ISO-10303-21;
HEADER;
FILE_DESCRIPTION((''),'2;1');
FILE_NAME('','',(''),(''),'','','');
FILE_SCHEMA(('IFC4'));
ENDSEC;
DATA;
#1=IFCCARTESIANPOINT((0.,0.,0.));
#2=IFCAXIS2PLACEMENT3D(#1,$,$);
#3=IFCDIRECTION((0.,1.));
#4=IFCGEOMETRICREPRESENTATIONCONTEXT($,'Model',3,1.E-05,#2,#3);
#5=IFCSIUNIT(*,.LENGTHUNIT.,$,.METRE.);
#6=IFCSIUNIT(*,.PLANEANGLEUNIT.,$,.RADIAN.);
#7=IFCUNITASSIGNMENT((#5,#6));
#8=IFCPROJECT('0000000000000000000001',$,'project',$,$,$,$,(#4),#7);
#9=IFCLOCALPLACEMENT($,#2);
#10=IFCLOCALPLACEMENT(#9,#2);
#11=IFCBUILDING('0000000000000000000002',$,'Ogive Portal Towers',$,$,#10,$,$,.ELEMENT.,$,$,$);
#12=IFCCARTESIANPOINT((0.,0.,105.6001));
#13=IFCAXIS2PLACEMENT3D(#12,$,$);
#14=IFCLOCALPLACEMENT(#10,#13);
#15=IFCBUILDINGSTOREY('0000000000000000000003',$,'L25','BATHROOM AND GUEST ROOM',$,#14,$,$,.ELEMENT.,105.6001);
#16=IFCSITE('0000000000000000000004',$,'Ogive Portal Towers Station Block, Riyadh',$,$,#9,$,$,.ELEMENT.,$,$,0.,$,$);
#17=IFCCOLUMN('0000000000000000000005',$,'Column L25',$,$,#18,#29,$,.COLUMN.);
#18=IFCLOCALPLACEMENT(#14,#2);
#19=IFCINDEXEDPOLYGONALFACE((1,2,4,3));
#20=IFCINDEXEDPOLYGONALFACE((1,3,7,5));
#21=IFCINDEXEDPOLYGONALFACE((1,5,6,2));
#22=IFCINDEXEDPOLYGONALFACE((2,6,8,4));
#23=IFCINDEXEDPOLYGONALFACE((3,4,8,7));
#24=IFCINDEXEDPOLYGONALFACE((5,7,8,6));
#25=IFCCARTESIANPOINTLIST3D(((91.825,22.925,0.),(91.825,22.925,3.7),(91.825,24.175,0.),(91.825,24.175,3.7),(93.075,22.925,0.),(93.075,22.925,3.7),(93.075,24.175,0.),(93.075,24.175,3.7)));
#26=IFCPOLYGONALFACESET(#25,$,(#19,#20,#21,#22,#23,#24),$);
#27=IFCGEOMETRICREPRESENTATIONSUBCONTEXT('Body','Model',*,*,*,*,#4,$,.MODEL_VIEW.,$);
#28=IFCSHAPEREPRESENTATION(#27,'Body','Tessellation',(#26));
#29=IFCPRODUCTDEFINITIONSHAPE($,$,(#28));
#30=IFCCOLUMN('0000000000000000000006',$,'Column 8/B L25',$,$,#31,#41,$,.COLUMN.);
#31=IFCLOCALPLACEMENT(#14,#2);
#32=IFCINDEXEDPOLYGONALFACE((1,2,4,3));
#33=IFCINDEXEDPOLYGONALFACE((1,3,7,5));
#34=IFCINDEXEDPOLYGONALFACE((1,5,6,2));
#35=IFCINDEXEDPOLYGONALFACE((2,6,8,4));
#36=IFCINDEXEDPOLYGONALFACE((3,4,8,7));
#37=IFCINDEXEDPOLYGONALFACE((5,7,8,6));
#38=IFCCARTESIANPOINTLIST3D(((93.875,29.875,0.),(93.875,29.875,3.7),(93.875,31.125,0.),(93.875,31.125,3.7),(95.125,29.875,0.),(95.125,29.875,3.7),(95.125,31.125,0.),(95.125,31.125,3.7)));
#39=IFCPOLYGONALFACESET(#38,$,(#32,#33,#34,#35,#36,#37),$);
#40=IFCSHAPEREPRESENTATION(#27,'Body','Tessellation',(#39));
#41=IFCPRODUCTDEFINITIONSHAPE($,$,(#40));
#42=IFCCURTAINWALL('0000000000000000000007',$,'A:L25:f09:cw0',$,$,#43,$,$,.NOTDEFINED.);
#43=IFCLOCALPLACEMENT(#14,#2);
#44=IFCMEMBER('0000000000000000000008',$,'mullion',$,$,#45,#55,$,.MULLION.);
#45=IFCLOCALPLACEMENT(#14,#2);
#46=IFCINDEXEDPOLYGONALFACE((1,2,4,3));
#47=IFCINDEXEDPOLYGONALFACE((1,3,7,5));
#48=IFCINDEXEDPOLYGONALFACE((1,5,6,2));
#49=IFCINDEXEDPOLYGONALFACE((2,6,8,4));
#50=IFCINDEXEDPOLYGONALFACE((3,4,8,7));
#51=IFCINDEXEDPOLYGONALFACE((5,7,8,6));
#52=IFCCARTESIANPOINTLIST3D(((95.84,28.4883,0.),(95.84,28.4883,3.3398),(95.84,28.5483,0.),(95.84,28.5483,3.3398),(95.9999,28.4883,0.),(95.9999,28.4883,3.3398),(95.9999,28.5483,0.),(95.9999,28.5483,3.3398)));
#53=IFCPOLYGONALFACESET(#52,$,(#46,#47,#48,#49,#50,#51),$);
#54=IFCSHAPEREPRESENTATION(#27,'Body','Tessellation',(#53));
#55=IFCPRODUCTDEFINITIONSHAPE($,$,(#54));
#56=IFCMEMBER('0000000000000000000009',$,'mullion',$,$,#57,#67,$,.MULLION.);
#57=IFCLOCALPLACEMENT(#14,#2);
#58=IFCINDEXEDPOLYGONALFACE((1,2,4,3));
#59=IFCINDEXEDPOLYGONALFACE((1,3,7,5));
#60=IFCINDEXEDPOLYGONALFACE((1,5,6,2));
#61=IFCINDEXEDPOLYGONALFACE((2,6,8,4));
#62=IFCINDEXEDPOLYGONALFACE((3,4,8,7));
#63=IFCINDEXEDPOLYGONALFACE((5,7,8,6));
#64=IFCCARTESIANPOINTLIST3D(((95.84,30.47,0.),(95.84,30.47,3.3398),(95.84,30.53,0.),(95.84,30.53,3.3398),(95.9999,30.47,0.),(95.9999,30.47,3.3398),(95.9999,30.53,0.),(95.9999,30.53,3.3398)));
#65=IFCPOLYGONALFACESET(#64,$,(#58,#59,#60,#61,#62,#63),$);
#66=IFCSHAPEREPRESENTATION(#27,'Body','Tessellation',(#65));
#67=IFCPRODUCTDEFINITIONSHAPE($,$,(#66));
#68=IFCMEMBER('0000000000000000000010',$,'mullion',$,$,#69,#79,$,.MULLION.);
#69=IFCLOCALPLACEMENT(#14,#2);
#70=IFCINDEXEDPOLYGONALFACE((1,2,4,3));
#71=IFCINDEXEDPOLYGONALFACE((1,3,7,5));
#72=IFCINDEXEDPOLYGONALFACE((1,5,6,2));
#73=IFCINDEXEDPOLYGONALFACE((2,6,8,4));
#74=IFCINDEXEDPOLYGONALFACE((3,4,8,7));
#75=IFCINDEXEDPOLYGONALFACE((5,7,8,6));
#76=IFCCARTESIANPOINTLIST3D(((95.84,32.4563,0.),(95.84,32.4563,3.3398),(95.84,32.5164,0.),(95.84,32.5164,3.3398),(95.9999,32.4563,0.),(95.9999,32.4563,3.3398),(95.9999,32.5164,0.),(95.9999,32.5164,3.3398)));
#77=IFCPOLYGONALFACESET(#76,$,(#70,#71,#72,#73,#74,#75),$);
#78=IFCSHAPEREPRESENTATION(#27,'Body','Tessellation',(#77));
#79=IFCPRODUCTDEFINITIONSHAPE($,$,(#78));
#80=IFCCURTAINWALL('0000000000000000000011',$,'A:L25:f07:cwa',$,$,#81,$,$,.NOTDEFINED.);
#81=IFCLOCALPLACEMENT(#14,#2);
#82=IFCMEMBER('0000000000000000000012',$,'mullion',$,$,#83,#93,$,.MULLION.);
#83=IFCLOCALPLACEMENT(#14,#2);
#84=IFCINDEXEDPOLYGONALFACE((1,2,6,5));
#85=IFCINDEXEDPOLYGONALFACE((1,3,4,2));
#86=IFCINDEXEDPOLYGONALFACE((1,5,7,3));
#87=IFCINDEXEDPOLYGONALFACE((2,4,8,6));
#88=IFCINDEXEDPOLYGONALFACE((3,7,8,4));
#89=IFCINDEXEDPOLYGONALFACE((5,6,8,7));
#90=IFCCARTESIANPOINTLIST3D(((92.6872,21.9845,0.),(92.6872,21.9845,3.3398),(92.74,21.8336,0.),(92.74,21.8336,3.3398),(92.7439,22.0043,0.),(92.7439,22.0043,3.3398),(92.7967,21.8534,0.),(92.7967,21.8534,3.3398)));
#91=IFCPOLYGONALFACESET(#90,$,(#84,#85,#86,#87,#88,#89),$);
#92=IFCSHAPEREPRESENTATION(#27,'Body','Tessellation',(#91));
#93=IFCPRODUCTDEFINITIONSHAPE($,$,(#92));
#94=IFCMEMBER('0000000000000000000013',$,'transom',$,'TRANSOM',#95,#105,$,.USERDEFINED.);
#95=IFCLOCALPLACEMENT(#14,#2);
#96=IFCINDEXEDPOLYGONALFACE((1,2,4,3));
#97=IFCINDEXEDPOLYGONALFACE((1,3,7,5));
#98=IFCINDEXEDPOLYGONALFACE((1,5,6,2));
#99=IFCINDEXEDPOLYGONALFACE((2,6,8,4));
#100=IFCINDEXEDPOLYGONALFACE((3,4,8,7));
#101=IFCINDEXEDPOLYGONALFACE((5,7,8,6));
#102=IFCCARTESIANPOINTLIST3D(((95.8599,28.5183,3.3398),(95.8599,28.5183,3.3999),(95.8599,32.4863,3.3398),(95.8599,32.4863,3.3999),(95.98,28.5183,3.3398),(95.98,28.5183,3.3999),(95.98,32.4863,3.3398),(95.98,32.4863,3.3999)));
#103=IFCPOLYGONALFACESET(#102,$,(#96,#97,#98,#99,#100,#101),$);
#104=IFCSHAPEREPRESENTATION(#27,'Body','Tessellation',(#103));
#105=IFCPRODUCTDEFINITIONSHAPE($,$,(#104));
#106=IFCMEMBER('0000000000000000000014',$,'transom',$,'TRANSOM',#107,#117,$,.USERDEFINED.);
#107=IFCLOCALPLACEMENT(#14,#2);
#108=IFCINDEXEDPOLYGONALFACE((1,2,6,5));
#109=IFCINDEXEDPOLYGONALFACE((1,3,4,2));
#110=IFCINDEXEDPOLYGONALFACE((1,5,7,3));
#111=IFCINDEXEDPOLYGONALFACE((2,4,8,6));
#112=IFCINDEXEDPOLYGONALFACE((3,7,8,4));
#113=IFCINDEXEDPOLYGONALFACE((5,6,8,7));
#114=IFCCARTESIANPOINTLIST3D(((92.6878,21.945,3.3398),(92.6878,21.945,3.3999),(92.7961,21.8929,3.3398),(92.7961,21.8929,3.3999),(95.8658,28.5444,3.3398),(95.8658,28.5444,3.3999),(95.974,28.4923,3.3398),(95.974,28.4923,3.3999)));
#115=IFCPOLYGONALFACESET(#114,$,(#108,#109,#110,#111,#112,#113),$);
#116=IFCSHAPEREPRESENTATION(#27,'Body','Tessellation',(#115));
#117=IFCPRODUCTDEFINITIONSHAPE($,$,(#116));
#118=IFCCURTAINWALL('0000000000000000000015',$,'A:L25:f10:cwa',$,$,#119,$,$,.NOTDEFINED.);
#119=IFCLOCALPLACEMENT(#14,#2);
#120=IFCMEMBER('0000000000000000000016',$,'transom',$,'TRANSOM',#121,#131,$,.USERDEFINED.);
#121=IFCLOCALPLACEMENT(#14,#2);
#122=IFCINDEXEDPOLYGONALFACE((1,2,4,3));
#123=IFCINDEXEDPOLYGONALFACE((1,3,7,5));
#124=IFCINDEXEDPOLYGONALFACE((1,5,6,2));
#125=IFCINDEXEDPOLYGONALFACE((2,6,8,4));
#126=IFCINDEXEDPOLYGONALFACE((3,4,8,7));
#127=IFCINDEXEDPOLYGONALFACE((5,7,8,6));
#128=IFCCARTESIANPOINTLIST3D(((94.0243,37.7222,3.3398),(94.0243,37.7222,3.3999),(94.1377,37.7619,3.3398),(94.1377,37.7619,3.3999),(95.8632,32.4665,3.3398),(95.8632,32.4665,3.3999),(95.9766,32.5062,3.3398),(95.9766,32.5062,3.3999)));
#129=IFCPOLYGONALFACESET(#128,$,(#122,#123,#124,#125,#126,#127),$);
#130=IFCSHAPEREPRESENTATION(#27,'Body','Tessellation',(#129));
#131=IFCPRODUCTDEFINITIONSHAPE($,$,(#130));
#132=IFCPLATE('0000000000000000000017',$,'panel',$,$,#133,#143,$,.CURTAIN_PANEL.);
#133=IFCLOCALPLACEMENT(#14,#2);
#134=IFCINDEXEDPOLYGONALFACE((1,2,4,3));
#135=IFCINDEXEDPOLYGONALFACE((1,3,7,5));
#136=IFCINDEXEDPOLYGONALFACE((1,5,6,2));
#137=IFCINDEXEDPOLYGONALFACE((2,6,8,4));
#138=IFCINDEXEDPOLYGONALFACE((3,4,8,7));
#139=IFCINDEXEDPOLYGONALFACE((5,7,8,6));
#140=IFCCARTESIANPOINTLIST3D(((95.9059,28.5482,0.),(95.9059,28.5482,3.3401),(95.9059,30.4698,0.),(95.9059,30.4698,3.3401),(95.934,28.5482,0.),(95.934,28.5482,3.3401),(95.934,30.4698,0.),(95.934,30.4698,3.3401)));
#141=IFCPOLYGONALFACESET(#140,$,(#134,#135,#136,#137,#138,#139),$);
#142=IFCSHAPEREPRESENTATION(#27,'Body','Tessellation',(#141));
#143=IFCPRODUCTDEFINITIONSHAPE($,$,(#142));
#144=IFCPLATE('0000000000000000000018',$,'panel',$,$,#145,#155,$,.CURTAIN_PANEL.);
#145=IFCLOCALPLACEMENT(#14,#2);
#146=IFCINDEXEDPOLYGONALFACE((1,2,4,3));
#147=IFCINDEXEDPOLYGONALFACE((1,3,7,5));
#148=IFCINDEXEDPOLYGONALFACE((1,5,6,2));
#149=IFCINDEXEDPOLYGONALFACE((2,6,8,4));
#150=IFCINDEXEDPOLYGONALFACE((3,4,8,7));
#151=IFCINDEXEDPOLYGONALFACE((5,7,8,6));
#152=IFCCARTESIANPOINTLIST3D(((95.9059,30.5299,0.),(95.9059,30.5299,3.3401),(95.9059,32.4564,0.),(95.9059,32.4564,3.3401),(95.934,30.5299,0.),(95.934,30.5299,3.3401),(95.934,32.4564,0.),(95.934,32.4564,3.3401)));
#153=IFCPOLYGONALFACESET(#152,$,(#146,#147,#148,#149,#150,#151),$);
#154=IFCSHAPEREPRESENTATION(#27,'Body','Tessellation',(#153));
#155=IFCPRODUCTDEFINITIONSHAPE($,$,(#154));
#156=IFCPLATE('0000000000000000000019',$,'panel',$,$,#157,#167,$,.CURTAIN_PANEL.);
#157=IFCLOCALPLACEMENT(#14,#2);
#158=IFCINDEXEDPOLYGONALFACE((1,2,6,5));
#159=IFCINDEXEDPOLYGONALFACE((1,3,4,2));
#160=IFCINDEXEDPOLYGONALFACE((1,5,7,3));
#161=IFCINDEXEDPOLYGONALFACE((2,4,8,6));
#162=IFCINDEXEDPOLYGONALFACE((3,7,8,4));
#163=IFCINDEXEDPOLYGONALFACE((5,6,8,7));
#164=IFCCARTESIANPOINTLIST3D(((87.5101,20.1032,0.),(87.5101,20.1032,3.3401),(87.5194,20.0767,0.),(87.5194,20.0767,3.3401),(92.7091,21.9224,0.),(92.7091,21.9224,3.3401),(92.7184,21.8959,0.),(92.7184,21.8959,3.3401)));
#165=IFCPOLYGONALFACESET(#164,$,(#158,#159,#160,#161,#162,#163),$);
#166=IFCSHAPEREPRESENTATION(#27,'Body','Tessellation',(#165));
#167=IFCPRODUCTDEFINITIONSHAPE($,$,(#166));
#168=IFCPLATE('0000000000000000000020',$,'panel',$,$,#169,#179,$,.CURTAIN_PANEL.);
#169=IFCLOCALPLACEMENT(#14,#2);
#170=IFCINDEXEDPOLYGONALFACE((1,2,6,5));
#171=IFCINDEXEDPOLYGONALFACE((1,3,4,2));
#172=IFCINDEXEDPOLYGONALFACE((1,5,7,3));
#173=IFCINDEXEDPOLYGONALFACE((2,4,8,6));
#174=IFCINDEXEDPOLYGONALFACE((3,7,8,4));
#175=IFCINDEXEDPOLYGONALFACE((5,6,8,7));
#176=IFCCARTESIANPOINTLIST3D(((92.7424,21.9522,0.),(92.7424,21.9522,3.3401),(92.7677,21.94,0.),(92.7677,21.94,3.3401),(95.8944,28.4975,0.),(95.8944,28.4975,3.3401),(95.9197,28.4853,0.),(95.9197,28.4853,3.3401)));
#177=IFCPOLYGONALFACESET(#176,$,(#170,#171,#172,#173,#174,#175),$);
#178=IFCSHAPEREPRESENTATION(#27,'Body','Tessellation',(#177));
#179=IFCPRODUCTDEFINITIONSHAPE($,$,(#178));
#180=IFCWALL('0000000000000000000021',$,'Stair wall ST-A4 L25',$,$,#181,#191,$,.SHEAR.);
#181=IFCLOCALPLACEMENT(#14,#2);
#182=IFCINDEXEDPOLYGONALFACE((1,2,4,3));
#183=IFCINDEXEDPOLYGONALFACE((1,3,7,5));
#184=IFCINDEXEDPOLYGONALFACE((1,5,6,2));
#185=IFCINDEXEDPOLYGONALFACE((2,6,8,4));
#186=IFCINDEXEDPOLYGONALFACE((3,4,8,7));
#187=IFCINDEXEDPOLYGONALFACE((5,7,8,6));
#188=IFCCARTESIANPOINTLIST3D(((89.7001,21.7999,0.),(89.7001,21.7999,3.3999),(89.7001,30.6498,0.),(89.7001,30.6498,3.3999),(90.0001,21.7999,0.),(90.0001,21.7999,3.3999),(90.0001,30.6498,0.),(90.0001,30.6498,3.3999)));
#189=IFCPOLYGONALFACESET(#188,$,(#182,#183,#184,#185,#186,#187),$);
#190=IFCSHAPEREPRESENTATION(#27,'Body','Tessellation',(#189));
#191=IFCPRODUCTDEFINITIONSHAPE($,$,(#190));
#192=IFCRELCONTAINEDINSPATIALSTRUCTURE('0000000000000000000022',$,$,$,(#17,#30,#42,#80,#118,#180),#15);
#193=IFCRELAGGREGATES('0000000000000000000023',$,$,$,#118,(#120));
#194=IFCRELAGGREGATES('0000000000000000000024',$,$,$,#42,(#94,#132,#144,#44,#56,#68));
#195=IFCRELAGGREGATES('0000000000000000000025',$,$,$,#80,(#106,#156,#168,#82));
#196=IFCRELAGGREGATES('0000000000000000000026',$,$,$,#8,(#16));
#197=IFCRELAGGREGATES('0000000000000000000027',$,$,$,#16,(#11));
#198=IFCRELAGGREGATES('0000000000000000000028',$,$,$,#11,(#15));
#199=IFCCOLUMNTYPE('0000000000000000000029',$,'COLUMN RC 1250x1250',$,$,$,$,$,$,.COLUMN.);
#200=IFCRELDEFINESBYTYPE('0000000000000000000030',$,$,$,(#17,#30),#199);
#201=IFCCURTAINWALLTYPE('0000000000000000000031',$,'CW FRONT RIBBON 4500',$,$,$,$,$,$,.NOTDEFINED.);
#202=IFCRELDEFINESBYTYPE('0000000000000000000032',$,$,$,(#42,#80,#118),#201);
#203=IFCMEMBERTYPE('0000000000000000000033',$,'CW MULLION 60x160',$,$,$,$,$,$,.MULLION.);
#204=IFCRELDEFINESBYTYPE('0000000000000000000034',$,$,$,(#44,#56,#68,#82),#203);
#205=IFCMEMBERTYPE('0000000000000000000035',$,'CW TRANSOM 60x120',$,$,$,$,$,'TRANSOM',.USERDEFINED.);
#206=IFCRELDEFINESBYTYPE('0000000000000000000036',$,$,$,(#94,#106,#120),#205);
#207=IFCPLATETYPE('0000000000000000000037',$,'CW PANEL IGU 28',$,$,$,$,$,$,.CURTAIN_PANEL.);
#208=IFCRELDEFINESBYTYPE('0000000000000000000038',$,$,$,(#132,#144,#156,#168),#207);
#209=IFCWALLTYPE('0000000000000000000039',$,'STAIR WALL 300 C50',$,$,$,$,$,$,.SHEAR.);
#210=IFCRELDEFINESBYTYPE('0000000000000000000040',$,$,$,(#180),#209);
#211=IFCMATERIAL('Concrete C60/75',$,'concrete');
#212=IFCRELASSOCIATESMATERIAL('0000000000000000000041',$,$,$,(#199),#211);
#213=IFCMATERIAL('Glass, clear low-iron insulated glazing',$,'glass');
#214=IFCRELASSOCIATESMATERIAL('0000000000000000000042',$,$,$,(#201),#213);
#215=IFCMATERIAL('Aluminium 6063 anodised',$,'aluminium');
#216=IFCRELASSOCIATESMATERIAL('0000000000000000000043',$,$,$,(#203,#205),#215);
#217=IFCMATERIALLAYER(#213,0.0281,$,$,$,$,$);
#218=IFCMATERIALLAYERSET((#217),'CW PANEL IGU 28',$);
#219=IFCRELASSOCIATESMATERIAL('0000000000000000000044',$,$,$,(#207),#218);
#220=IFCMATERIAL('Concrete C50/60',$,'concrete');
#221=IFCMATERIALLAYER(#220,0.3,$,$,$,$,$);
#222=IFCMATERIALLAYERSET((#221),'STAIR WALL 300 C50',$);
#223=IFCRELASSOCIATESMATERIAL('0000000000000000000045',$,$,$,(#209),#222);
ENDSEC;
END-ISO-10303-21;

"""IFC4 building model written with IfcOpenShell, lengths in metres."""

from ifc_helpers import new_model, si_unit, direction, frame, frame_2d, origin, origin_2d, place, context, subcontext, project, spatial, rectangle, extrude, material, layer, layer_set, material_profile, profile_set, type_object, element, aggregate, save


model = new_model("IFC4")

# Units and contexts
model_context = context("Model", 3, precision=1e-05, world=origin(), true_north=direction((0.0, 1.0)))
body_context = subcontext(model_context, "Body", "Model", "MODEL_VIEW")
ifc_project = project(units=[si_unit("LENGTHUNIT", "METRE"), si_unit("PLANEANGLEUNIT", "RADIAN")], contexts=[model_context])

# Site, building, storey
site_placement = place(None, origin())
site = spatial("IfcSite", under=ifc_project, at=site_placement, Name="Ogive Portal Towers Station Block, Riyadh", CompositionType="ELEMENT", RefElevation=0.0)
building_placement = place(site_placement, origin())
building = spatial("IfcBuilding", under=site, at=building_placement, Name="Ogive Portal Towers", CompositionType="ELEMENT")
storey_placement = place(building_placement, frame((0.0, 0.0, 105.6001)))
storey = spatial("IfcBuildingStorey", under=building, at=storey_placement, Name="L25", Description="BATHROOM AND GUEST ROOM", CompositionType="ELEMENT", Elevation=105.6001)

# Columns
ifc_material_1 = material(Name="Concrete C60/75", Category="concrete")
ifc_material_profile_1 = material_profile(ifc_material_1, rectangle(XDim=1.25, YDim=1.25, at=origin_2d()), Name="RC 1250x1250")
ifc_profile_set_1 = profile_set([ifc_material_profile_1], Name="Concrete C60/75")
column_type = type_object("IfcColumnType", Name="COLUMN RC 1250x1250", PredefinedType="COLUMN", material=ifc_profile_set_1)
for number, where, z_axis, x_axis, name in (
    (1, (92.45, 23.55, 0.0), (0.0, 0.0, 1.0), (1.0, 0.0, 0.0), "Column L25"),
    (2, (94.5, 30.5, 0.0), (0.0, 0.0, 1.0), (1.0, 0.0, 0.0), "Column 8/B L25"),
):
    element("IfcColumn", number, at=place(storey_placement, frame(where, z_axis=z_axis, x_axis=x_axis)), inside=storey, type_object=column_type, Name=name, PredefinedType="COLUMN", context=body_context, shape_type="SweptSolid", body=[
        extrude(rectangle(XDim=1.25, YDim=1.25, at=origin_2d()), origin(), (0.0, 0.0, 1.0), 3.7),
    ])

# Curtain wall, members
ifc_material_2 = material(Name="Glass, clear low-iron insulated glazing", Category="glass")
curtain_wall_type = type_object("IfcCurtainWallType", Name="CW FRONT RIBBON 4500", PredefinedType="NOTDEFINED", material=ifc_material_2)
curtain_wall_1_placement = place(storey_placement, origin())
curtain_wall_1 = element("IfcCurtainWall", 3, at=curtain_wall_1_placement, inside=storey, type_object=curtain_wall_type, Name="A:L25:f09:cw0", PredefinedType="NOTDEFINED")
ifc_material_3 = material(Name="Aluminium 6063 anodised", Category="aluminium")
ifc_material_profile_2 = material_profile(ifc_material_3, rectangle(XDim=0.1599, YDim=0.0601, at=origin_2d()), Name="AL 60x160")
ifc_profile_set_2 = profile_set([ifc_material_profile_2], Name="Aluminium 6063 anodised")
member_type_1 = type_object("IfcMemberType", Name="CW MULLION 60x160", PredefinedType="MULLION", material=ifc_profile_set_2)
member_1_placement = place(storey_placement, frame((95.9199, 28.5183, 0.0), z_axis=(0.0, 0.0, 1.0), x_axis=(-1.0, 0.0, 0.0)))
member_1 = element("IfcMember", 4, at=member_1_placement, type_object=member_type_1, Name="mullion", PredefinedType="MULLION", context=body_context, shape_type="SweptSolid", body=[
    extrude(rectangle(XDim=0.1599, YDim=0.0601, at=origin_2d()), origin(), (0.0, 0.0, 1.0), 3.3398),
])
member_2_placement = place(storey_placement, frame((95.9199, 30.5, 0.0), z_axis=(0.0, 0.0, 1.0), x_axis=(-1.0, 0.0, 0.0)))
member_2 = element("IfcMember", 5, at=member_2_placement, type_object=member_type_1, Name="mullion", PredefinedType="MULLION", context=body_context, shape_type="SweptSolid", body=[
    extrude(rectangle(XDim=0.1599, YDim=0.0601, at=origin_2d()), origin(), (0.0, 0.0, 1.0), 3.3398),
])
member_3_placement = place(storey_placement, frame((95.9199, 32.4863, 0.0), z_axis=(0.0, 0.0, 1.0), x_axis=(-1.0, 0.0, 0.0)))
member_3 = element("IfcMember", 6, at=member_3_placement, type_object=member_type_1, Name="mullion", PredefinedType="MULLION", context=body_context, shape_type="SweptSolid", body=[
    extrude(rectangle(XDim=0.1599, YDim=0.0601, at=origin_2d()), origin(), (0.0, 0.0, 1.0), 3.3398),
])

# Curtain wall, member
curtain_wall_2_placement = place(storey_placement, origin())
curtain_wall_2 = element("IfcCurtainWall", 7, at=curtain_wall_2_placement, inside=storey, type_object=curtain_wall_type, Name="A:L25:f07:cwa", PredefinedType="NOTDEFINED")
member_4_placement = place(storey_placement, frame((92.7419, 21.9189, 0.0), z_axis=(0.0, 0.0, 1.0), x_axis=(-0.330279, 0.943883, 0.0)))
member_4 = element("IfcMember", 8, at=member_4_placement, type_object=member_type_1, Name="mullion", PredefinedType="MULLION", context=body_context, shape_type="SweptSolid", body=[
    extrude(rectangle(XDim=0.1599, YDim=0.0601, at=origin_2d()), origin(), (0.0, 0.0, 1.0), 3.3398),
])

# Members
ifc_material_profile_3 = material_profile(ifc_material_3, rectangle(XDim=0.1201, YDim=0.0601, at=origin_2d()), Name="AL 120x60")
ifc_profile_set_3 = profile_set([ifc_material_profile_3], Name="Aluminium 6063 anodised")
member_type_2 = type_object("IfcMemberType", Name="CW TRANSOM 60x120", ElementType="TRANSOM", PredefinedType="USERDEFINED", material=ifc_profile_set_3)
member_5_placement = place(storey_placement, frame((95.9199, 28.5183, 3.3699), z_axis=(0.0, 1.0, 0.0), x_axis=(-1.0, 0.0, 0.0)))
member_5 = element("IfcMember", 9, at=member_5_placement, type_object=member_type_2, Name="transom", ObjectType="TRANSOM", PredefinedType="USERDEFINED", context=body_context, shape_type="SweptSolid", body=[
    extrude(rectangle(XDim=0.1201, YDim=0.0601, at=origin_2d()), origin(), (0.0, 0.0, 1.0), 3.968),
])
member_6_placement = place(storey_placement, frame((92.7419, 21.9189, 3.3699), z_axis=(0.433872, 0.900975, 0.0), x_axis=(-0.900975, 0.433872, 0.0)))
member_6 = element("IfcMember", 10, at=member_6_placement, type_object=member_type_2, Name="transom", ObjectType="TRANSOM", PredefinedType="USERDEFINED", context=body_context, shape_type="SweptSolid", body=[
    extrude(rectangle(XDim=0.1201, YDim=0.0601, at=origin_2d()), origin(), (0.0, 0.0, 1.0), 7.3247),
])

# Curtain wall, member
curtain_wall_3_placement = place(storey_placement, origin())
curtain_wall_3 = element("IfcCurtainWall", 11, at=curtain_wall_3_placement, inside=storey, type_object=curtain_wall_type, Name="A:L25:f10:cwa", PredefinedType="NOTDEFINED")
member_7_placement = place(storey_placement, frame((95.9199, 32.4863, 3.3699), z_axis=(-0.330255, 0.943892, 0.0), x_axis=(-0.943892, -0.330255, 0.0)))
member_7 = element("IfcMember", 12, at=member_7_placement, type_object=member_type_2, Name="transom", ObjectType="TRANSOM", PredefinedType="USERDEFINED", context=body_context, shape_type="SweptSolid", body=[
    extrude(rectangle(XDim=0.1201, YDim=0.0601, at=origin_2d()), origin(), (0.0, 0.0, 1.0), 5.5681),
])
aggregate(curtain_wall_3, [member_7])

# Plates
ifc_layer_1 = layer(ifc_material_2, 0.0281)
ifc_layer_set_1 = layer_set([ifc_layer_1], Name="CW PANEL IGU 28")
plate_type = type_object("IfcPlateType", Name="CW PANEL IGU 28", PredefinedType="CURTAIN_PANEL", material=ifc_layer_set_1)
plate_1_placement = place(storey_placement, frame((95.9199, 29.509, 0.0), z_axis=(0.0, 0.0, 1.0), x_axis=(0.0, 1.0, 0.0)))
plate_1 = element("IfcPlate", 13, at=plate_1_placement, type_object=plate_type, Name="panel", PredefinedType="CURTAIN_PANEL", context=body_context, shape_type="SweptSolid", body=[
    extrude(rectangle(XDim=1.9216, YDim=0.0281, at=origin_2d()), origin(), (0.0, 0.0, 1.0), 3.3401),
])
plate_2_placement = place(storey_placement, frame((95.9199, 31.4932, 0.0), z_axis=(0.0, 0.0, 1.0), x_axis=(0.0, 1.0, 0.0)))
plate_2 = element("IfcPlate", 14, at=plate_2_placement, type_object=plate_type, Name="panel", PredefinedType="CURTAIN_PANEL", context=body_context, shape_type="SweptSolid", body=[
    extrude(rectangle(XDim=1.9265, YDim=0.0281, at=origin_2d()), origin(), (0.0, 0.0, 1.0), 3.3401),
])
aggregate(curtain_wall_1, [member_5, plate_1, plate_2, member_1, member_2, member_3])
plate_3_placement = place(storey_placement, frame((90.1143, 20.9995, 0.0), z_axis=(0.0, 0.0, 1.0), x_axis=(0.943883, 0.330279, 0.0)))
plate_3 = element("IfcPlate", 15, at=plate_3_placement, type_object=plate_type, Name="panel", PredefinedType="CURTAIN_PANEL", context=body_context, shape_type="SweptSolid", body=[
    extrude(rectangle(XDim=5.5081, YDim=0.0281, at=origin_2d()), origin(), (0.0, 0.0, 1.0), 3.3401),
])
plate_4_placement = place(storey_placement, frame((94.3311, 25.2188, 0.0), z_axis=(0.0, 0.0, 1.0), x_axis=(0.433884, 0.900969, 0.0)))
plate_4 = element("IfcPlate", 16, at=plate_4_placement, type_object=plate_type, Name="panel", PredefinedType="CURTAIN_PANEL", context=body_context, shape_type="SweptSolid", body=[
    extrude(rectangle(XDim=7.2646, YDim=0.0281, at=origin_2d()), origin(), (0.0, 0.0, 1.0), 3.3401),
])
aggregate(curtain_wall_2, [member_6, plate_3, plate_4, member_4])

# Wall
ifc_material_4 = material(Name="Concrete C50/60", Category="concrete")
ifc_layer_2 = layer(ifc_material_4, 0.3)
ifc_layer_set_2 = layer_set([ifc_layer_2], Name="STAIR WALL 300 C50")
wall_type_1 = type_object("IfcWallType", Name="STAIR WALL 300 C50", PredefinedType="SHEAR", material=ifc_layer_set_2)
wall_1_placement = place(storey_placement, frame((89.8501, 21.8, 0.0), z_axis=(0.0, 0.0, 1.0), x_axis=(0.0, 1.0, 0.0)))
element("IfcWall", 17, at=wall_1_placement, inside=storey, type_object=wall_type_1, Name="Stair wall ST-A4 L25", PredefinedType="SHEAR", context=body_context, shape_type="SweptSolid", body=[
    extrude(rectangle(XDim=8.8499, YDim=0.3, at=frame_2d((4.4248, 0.0))), origin(), (0.0, 0.0, 1.0), 3.3999),
])

save(model, "model.ifc")
